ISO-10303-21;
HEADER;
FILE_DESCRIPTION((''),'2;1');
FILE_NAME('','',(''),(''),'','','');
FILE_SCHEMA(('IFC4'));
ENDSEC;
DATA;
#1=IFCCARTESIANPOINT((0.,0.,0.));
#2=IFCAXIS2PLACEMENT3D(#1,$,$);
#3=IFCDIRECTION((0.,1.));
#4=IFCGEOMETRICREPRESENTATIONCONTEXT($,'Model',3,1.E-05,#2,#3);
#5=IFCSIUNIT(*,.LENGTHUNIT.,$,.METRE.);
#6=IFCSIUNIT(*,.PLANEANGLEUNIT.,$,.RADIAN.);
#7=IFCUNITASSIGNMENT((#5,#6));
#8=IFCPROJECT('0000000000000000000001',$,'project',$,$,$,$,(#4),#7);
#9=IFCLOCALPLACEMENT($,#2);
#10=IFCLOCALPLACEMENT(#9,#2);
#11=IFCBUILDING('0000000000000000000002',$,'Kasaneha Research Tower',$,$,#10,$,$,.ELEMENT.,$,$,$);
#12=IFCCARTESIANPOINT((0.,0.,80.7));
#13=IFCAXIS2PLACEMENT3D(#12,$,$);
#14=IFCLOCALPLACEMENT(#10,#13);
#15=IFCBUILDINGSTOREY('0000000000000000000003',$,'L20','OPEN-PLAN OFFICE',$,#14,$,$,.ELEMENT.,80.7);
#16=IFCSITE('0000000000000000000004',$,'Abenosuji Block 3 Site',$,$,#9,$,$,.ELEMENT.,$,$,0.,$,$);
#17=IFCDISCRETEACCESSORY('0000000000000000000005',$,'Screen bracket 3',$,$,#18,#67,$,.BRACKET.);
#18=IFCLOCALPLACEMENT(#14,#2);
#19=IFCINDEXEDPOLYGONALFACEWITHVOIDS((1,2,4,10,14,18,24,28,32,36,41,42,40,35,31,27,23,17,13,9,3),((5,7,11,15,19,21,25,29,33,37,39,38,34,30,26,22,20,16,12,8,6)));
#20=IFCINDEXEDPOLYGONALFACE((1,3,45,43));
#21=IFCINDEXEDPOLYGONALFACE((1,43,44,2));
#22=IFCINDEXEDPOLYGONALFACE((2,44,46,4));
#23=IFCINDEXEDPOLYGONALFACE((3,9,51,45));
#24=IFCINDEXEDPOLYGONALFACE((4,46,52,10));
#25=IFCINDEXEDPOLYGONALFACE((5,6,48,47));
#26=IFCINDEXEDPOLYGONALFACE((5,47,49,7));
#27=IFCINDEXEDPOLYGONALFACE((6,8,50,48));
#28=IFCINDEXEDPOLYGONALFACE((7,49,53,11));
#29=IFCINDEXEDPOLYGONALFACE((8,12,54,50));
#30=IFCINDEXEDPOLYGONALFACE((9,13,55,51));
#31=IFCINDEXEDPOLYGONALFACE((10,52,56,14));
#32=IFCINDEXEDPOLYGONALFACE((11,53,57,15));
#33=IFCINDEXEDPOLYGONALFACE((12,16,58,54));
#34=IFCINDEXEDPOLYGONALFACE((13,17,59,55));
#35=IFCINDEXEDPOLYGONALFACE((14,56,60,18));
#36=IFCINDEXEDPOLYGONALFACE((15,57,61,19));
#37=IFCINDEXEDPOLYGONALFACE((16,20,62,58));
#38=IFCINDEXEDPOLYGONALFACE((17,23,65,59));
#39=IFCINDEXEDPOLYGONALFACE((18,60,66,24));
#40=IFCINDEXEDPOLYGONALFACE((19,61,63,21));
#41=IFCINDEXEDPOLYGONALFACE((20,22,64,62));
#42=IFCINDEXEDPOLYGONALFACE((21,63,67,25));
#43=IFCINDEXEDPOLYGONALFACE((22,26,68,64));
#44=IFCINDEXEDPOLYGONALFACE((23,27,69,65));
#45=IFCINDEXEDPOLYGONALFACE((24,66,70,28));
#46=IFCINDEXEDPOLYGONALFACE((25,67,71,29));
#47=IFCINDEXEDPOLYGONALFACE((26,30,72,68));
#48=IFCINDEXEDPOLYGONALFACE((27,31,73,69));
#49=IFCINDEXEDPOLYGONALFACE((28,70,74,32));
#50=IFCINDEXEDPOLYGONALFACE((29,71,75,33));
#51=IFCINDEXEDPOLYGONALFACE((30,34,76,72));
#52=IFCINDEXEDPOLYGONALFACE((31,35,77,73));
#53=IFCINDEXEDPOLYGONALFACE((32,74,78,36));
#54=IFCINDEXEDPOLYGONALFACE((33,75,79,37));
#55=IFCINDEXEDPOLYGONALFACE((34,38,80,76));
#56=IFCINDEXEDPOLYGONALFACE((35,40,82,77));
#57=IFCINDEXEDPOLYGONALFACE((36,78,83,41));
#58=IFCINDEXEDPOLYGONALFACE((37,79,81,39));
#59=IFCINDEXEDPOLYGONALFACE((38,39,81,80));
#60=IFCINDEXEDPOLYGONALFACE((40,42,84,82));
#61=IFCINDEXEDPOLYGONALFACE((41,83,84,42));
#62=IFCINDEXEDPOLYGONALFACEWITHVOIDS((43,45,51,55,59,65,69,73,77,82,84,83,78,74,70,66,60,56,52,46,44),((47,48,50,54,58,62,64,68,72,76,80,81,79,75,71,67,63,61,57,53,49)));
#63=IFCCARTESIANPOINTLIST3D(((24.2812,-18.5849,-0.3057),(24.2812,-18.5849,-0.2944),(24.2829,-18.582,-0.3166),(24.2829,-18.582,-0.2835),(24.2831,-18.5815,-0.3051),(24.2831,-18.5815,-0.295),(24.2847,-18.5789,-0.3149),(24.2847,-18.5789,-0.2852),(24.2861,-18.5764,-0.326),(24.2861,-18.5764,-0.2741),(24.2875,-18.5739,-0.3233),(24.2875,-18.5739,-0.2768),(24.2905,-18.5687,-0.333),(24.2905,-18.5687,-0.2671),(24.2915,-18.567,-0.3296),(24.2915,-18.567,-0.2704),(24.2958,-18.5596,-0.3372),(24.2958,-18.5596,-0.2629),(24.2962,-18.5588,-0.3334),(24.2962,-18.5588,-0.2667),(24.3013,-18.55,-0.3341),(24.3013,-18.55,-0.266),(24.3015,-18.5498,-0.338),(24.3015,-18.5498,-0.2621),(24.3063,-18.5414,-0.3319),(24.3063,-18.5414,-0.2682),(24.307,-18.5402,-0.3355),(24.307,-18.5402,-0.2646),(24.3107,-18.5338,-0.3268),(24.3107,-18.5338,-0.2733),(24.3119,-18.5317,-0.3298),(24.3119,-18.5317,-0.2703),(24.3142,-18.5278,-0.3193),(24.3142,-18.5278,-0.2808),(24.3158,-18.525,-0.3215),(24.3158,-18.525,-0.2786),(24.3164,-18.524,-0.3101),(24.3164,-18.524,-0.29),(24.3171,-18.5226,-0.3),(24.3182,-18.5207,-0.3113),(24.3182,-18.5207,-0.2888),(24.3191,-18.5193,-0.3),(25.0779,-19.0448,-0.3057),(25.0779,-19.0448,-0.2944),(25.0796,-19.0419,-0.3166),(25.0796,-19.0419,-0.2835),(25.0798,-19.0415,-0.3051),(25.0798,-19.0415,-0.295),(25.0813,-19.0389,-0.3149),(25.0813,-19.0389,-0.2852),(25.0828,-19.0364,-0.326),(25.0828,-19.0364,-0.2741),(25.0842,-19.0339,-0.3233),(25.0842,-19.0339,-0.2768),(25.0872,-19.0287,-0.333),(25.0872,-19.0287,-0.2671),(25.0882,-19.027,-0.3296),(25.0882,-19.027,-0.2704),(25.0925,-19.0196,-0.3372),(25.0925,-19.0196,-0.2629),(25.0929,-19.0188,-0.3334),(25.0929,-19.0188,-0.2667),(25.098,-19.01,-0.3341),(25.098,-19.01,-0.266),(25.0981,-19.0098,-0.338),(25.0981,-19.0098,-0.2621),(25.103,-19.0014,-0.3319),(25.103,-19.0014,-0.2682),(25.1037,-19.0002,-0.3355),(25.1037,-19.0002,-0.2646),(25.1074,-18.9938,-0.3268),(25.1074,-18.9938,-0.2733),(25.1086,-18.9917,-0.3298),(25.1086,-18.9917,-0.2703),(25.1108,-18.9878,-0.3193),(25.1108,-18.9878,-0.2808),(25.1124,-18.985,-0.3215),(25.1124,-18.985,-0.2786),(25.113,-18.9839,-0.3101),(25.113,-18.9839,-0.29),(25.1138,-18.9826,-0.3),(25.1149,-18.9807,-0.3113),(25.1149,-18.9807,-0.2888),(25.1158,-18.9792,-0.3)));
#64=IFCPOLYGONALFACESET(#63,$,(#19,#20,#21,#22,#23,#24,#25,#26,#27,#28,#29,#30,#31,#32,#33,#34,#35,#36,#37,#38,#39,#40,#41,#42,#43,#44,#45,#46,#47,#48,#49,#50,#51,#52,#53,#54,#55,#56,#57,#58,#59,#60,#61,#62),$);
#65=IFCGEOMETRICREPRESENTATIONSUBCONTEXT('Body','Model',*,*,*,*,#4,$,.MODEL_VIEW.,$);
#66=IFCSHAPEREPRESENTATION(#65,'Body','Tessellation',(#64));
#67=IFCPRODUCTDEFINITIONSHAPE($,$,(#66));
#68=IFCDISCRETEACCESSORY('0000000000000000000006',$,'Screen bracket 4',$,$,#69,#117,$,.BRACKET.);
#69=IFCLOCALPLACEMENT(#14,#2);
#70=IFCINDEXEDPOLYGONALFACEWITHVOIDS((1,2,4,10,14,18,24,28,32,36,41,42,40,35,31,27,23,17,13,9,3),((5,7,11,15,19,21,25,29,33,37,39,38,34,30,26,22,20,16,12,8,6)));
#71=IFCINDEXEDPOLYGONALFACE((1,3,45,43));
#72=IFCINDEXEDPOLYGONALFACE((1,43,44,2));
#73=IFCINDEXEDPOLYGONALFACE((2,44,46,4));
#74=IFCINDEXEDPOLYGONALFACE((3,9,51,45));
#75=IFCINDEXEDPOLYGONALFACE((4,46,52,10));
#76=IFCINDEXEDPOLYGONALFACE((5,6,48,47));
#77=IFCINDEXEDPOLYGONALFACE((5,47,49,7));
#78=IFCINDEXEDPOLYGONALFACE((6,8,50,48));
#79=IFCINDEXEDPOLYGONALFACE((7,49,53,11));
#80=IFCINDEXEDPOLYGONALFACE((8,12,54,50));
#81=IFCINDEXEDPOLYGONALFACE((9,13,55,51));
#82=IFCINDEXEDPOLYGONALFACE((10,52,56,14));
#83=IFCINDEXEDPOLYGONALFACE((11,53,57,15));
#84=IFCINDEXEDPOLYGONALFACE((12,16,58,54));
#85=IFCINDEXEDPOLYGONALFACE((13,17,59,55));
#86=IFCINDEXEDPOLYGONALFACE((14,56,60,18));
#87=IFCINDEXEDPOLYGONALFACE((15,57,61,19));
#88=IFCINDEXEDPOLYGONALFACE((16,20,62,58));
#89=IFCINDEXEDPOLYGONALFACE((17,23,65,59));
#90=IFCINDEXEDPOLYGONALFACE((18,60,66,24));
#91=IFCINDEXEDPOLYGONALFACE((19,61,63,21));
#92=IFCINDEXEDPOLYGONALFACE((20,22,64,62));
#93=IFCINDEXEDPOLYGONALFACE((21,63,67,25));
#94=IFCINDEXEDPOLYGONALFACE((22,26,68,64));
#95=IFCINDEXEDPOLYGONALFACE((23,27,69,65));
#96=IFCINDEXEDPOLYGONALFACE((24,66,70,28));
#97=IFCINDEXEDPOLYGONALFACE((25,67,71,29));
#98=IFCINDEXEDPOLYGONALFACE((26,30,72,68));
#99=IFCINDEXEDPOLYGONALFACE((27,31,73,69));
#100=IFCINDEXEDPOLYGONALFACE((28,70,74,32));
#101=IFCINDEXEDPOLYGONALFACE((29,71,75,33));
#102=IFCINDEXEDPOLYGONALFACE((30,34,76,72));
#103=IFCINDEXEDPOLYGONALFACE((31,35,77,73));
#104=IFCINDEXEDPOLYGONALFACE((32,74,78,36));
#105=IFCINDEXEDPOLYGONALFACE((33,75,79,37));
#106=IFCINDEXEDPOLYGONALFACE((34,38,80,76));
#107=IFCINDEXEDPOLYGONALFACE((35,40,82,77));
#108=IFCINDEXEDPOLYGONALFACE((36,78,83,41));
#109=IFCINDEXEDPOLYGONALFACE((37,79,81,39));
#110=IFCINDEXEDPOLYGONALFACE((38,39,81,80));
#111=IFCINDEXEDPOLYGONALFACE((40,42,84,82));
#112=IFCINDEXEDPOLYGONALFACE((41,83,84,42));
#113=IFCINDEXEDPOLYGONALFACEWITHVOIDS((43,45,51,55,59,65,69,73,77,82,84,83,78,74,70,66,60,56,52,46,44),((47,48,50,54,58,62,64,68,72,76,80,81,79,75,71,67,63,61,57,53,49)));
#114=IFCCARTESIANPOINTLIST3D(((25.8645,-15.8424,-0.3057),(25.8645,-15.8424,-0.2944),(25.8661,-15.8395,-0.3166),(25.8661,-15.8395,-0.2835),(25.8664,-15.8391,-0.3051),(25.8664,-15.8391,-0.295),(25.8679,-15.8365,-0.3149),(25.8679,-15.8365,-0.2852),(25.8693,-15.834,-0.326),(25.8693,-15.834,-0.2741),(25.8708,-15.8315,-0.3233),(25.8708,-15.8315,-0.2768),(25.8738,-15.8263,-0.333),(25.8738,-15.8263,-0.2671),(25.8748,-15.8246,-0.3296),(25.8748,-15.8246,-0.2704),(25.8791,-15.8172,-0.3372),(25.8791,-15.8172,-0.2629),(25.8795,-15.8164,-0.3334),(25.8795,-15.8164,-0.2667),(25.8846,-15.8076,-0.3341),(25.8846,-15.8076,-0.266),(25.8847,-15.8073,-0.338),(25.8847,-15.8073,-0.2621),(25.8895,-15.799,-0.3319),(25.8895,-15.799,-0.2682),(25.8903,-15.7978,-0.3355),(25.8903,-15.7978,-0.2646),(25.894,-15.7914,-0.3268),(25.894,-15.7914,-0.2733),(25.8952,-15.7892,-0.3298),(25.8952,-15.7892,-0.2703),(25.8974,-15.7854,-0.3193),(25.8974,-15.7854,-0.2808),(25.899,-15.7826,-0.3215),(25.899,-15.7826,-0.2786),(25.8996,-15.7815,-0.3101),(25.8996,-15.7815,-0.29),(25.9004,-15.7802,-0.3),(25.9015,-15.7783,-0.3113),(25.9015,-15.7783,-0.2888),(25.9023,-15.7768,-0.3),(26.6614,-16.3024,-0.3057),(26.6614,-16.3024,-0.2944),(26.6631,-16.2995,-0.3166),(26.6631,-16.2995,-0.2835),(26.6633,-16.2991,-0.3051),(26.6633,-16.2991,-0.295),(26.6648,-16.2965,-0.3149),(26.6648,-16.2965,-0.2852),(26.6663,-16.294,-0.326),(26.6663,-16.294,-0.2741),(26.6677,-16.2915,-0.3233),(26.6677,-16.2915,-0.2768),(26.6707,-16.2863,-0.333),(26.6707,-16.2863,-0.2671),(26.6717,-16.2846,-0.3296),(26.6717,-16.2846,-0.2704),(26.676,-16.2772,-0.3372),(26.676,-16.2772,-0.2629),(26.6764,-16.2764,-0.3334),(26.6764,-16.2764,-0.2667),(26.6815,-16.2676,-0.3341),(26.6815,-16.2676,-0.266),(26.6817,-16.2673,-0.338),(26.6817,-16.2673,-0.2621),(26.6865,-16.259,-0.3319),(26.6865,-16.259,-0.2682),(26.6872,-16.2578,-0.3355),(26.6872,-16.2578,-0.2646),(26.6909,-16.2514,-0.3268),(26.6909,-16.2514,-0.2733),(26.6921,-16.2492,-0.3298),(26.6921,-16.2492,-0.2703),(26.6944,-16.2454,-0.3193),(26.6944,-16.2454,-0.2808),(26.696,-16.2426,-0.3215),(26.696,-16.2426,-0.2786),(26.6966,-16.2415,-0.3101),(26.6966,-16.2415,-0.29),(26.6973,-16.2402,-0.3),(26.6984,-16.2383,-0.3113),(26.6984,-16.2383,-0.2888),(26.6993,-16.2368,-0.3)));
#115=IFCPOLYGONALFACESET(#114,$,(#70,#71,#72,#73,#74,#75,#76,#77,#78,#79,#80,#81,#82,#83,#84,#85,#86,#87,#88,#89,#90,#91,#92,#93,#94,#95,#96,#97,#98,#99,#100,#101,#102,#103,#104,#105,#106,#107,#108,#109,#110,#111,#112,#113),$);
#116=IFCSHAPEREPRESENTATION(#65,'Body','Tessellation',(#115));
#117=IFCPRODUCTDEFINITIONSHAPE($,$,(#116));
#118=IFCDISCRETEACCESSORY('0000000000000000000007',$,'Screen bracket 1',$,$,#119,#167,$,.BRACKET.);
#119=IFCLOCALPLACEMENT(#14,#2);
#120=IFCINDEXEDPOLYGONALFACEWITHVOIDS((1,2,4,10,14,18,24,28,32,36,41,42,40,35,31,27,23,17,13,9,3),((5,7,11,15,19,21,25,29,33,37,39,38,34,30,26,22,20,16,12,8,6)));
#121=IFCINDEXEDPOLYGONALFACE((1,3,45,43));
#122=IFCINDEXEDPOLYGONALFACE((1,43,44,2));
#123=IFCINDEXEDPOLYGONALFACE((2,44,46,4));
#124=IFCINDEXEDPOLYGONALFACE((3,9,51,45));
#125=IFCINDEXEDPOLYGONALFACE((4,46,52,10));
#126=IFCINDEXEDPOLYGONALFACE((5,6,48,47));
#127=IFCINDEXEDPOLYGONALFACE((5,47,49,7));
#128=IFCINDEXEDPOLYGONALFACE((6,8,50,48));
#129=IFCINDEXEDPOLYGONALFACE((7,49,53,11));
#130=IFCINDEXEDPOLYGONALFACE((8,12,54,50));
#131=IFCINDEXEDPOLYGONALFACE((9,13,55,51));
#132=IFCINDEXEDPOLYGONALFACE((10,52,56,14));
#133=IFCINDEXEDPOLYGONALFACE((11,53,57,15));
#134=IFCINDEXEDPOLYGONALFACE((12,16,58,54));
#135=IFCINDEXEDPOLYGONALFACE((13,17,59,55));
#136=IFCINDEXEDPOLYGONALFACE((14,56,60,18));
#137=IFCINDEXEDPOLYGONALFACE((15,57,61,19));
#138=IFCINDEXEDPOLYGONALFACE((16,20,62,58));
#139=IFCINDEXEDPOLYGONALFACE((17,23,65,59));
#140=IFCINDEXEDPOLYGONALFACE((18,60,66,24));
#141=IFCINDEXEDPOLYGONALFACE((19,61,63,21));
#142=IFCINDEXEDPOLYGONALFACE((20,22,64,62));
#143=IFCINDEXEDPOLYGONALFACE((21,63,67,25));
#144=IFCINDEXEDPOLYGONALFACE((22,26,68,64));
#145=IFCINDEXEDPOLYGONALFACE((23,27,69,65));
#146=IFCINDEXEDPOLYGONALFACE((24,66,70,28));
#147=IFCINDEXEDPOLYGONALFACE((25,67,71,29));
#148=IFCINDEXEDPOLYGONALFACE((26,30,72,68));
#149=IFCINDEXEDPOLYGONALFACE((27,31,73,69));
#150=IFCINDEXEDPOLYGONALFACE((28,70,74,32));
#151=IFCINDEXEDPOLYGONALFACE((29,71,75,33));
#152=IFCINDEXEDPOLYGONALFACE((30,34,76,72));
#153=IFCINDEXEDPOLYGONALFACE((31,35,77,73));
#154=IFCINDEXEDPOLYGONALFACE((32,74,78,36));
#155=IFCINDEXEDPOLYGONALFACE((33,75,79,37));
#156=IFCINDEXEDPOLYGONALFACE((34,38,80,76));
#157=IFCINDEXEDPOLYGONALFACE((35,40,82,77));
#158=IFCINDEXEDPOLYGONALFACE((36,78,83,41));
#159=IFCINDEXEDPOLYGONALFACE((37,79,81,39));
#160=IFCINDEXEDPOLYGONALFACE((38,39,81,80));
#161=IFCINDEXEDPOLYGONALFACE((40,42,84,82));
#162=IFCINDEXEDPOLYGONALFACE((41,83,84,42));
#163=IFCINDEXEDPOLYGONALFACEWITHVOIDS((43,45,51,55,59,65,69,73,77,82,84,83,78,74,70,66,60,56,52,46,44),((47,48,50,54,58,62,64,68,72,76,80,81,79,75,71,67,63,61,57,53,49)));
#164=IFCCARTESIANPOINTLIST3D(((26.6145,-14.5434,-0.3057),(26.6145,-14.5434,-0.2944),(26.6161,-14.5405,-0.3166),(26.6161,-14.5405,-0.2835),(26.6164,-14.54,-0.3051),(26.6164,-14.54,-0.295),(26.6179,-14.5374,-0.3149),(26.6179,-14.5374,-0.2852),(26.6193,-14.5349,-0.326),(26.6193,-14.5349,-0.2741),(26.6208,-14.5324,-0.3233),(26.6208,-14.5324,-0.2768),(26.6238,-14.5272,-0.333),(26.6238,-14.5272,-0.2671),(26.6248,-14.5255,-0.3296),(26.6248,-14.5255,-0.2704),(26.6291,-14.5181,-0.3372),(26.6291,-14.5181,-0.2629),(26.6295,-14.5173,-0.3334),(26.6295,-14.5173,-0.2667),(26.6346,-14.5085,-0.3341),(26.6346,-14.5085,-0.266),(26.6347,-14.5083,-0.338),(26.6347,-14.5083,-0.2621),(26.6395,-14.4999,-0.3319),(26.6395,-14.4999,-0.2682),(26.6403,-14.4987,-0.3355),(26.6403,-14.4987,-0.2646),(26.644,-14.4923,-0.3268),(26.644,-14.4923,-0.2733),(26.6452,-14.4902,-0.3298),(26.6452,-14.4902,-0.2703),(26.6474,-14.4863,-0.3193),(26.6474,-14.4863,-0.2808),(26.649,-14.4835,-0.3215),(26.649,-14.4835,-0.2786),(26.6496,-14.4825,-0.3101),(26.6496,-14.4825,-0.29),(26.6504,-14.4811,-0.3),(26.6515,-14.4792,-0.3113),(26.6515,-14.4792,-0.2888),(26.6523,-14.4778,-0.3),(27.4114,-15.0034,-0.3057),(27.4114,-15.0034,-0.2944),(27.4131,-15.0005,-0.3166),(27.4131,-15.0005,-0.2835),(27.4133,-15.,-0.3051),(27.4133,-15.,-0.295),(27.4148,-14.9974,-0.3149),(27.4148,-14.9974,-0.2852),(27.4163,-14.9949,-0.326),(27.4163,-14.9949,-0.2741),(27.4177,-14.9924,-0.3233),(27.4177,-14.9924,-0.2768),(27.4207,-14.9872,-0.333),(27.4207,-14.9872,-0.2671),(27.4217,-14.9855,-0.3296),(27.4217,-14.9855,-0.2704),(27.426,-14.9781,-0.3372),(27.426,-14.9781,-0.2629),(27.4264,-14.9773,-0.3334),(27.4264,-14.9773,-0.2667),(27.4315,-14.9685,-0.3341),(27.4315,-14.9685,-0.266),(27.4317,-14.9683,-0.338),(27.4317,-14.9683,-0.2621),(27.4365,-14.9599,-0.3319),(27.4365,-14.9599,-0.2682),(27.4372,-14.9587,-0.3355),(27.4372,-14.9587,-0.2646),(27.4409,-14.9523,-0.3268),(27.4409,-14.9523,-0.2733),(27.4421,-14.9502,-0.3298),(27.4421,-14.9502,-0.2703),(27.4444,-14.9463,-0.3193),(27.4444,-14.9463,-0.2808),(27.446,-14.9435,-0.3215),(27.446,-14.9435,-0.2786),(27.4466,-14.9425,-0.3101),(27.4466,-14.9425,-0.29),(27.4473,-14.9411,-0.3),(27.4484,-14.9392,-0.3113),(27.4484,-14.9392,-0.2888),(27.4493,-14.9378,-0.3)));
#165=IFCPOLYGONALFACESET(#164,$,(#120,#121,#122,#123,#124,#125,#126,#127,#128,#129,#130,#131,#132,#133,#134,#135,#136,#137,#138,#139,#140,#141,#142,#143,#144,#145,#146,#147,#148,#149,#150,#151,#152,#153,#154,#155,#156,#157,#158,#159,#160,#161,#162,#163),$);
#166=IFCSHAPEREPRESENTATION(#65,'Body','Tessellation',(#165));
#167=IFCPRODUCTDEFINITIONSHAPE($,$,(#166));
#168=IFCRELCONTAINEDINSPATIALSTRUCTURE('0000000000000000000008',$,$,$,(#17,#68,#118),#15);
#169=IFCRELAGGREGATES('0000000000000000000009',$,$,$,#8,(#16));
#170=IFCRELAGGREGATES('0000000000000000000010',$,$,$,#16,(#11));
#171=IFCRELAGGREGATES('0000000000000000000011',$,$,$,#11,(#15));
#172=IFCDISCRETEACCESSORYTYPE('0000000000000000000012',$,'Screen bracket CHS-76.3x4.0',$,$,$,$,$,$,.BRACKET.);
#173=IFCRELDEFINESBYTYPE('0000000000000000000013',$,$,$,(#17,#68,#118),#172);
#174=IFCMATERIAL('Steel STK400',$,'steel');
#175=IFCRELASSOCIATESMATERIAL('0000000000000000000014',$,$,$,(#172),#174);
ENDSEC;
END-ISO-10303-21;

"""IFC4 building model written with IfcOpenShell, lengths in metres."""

from ifc_helpers import new_model, si_unit, direction, frame, origin, origin_2d, place, context, subcontext, project, spatial, hollow_circle, extrude, material, material_profile, profile_set, type_object, element, save


model = new_model("IFC4")

# Units and contexts
model_context = context("Model", 3, precision=1e-05, world=origin(), true_north=direction((0.0, 1.0)))
body_context = subcontext(model_context, "Body", "Model", "MODEL_VIEW")
ifc_project = project(units=[si_unit("LENGTHUNIT", "METRE"), si_unit("PLANEANGLEUNIT", "RADIAN")], contexts=[model_context])

# Site, building, storey
site_placement = place(None, origin())
site = spatial("IfcSite", under=ifc_project, at=site_placement, Name="Abenosuji Block 3 Site", CompositionType="ELEMENT", RefElevation=0.0)
building_placement = place(site_placement, origin())
building = spatial("IfcBuilding", under=site, at=building_placement, Name="Kasaneha Research Tower", CompositionType="ELEMENT")
storey_placement = place(building_placement, frame((0.0, 0.0, 80.7)))
storey = spatial("IfcBuildingStorey", under=building, at=storey_placement, Name="L20", Description="OPEN-PLAN OFFICE", CompositionType="ELEMENT", Elevation=80.7)

# Discrete accessories
ifc_material_1 = material(Name="Steel STK400", Category="steel")
ifc_material_profile_1 = material_profile(ifc_material_1, hollow_circle(Radius=0.0381, WallThickness=0.0039, at=origin_2d()), Name="CHS-76.3x4.0")
ifc_profile_set_1 = profile_set([ifc_material_profile_1], Name="Steel STK400")
discrete_accessory_type = type_object("IfcDiscreteAccessoryType", Name="Screen bracket CHS-76.3x4.0", PredefinedType="BRACKET", material=ifc_profile_set_1)
discrete_accessory_1_placement = place(storey_placement, frame((24.3, -18.5522, -0.3), z_axis=(0.866013, -0.500021, 0.0), x_axis=(0.500021, 0.866013, 0.0)))
element("IfcDiscreteAccessory", 1, at=discrete_accessory_1_placement, inside=storey, type_object=discrete_accessory_type, Name="Screen bracket 3", PredefinedType="BRACKET", context=body_context, shape_type="SweptSolid", body=[
    extrude(hollow_circle(Radius=0.0381, WallThickness=0.0039, at=origin_2d()), origin(), (0.0, 0.0, 1.0), 0.9199),
])
for number, where, z_axis, x_axis, name in (
    (2, (25.8833, -15.8098, -0.3), (0.86608, -0.499906, 0.0), (0.499906, 0.86608, 0.0), "Screen bracket 4"),
    (3, (26.6333, -14.5107, -0.3), (0.86608, -0.499906, 0.0), (0.499906, 0.86608, 0.0), "Screen bracket 1"),
):
    element("IfcDiscreteAccessory", number, at=place(storey_placement, frame(where, z_axis=z_axis, x_axis=x_axis)), inside=storey, type_object=discrete_accessory_type, Name=name, PredefinedType="BRACKET", context=body_context, shape_type="SweptSolid", body=[
        extrude(hollow_circle(Radius=0.0381, WallThickness=0.0039, at=origin_2d()), origin(), (0.0, 0.0, 1.0), 0.9202),
    ])

save(model, "model.ifc")
